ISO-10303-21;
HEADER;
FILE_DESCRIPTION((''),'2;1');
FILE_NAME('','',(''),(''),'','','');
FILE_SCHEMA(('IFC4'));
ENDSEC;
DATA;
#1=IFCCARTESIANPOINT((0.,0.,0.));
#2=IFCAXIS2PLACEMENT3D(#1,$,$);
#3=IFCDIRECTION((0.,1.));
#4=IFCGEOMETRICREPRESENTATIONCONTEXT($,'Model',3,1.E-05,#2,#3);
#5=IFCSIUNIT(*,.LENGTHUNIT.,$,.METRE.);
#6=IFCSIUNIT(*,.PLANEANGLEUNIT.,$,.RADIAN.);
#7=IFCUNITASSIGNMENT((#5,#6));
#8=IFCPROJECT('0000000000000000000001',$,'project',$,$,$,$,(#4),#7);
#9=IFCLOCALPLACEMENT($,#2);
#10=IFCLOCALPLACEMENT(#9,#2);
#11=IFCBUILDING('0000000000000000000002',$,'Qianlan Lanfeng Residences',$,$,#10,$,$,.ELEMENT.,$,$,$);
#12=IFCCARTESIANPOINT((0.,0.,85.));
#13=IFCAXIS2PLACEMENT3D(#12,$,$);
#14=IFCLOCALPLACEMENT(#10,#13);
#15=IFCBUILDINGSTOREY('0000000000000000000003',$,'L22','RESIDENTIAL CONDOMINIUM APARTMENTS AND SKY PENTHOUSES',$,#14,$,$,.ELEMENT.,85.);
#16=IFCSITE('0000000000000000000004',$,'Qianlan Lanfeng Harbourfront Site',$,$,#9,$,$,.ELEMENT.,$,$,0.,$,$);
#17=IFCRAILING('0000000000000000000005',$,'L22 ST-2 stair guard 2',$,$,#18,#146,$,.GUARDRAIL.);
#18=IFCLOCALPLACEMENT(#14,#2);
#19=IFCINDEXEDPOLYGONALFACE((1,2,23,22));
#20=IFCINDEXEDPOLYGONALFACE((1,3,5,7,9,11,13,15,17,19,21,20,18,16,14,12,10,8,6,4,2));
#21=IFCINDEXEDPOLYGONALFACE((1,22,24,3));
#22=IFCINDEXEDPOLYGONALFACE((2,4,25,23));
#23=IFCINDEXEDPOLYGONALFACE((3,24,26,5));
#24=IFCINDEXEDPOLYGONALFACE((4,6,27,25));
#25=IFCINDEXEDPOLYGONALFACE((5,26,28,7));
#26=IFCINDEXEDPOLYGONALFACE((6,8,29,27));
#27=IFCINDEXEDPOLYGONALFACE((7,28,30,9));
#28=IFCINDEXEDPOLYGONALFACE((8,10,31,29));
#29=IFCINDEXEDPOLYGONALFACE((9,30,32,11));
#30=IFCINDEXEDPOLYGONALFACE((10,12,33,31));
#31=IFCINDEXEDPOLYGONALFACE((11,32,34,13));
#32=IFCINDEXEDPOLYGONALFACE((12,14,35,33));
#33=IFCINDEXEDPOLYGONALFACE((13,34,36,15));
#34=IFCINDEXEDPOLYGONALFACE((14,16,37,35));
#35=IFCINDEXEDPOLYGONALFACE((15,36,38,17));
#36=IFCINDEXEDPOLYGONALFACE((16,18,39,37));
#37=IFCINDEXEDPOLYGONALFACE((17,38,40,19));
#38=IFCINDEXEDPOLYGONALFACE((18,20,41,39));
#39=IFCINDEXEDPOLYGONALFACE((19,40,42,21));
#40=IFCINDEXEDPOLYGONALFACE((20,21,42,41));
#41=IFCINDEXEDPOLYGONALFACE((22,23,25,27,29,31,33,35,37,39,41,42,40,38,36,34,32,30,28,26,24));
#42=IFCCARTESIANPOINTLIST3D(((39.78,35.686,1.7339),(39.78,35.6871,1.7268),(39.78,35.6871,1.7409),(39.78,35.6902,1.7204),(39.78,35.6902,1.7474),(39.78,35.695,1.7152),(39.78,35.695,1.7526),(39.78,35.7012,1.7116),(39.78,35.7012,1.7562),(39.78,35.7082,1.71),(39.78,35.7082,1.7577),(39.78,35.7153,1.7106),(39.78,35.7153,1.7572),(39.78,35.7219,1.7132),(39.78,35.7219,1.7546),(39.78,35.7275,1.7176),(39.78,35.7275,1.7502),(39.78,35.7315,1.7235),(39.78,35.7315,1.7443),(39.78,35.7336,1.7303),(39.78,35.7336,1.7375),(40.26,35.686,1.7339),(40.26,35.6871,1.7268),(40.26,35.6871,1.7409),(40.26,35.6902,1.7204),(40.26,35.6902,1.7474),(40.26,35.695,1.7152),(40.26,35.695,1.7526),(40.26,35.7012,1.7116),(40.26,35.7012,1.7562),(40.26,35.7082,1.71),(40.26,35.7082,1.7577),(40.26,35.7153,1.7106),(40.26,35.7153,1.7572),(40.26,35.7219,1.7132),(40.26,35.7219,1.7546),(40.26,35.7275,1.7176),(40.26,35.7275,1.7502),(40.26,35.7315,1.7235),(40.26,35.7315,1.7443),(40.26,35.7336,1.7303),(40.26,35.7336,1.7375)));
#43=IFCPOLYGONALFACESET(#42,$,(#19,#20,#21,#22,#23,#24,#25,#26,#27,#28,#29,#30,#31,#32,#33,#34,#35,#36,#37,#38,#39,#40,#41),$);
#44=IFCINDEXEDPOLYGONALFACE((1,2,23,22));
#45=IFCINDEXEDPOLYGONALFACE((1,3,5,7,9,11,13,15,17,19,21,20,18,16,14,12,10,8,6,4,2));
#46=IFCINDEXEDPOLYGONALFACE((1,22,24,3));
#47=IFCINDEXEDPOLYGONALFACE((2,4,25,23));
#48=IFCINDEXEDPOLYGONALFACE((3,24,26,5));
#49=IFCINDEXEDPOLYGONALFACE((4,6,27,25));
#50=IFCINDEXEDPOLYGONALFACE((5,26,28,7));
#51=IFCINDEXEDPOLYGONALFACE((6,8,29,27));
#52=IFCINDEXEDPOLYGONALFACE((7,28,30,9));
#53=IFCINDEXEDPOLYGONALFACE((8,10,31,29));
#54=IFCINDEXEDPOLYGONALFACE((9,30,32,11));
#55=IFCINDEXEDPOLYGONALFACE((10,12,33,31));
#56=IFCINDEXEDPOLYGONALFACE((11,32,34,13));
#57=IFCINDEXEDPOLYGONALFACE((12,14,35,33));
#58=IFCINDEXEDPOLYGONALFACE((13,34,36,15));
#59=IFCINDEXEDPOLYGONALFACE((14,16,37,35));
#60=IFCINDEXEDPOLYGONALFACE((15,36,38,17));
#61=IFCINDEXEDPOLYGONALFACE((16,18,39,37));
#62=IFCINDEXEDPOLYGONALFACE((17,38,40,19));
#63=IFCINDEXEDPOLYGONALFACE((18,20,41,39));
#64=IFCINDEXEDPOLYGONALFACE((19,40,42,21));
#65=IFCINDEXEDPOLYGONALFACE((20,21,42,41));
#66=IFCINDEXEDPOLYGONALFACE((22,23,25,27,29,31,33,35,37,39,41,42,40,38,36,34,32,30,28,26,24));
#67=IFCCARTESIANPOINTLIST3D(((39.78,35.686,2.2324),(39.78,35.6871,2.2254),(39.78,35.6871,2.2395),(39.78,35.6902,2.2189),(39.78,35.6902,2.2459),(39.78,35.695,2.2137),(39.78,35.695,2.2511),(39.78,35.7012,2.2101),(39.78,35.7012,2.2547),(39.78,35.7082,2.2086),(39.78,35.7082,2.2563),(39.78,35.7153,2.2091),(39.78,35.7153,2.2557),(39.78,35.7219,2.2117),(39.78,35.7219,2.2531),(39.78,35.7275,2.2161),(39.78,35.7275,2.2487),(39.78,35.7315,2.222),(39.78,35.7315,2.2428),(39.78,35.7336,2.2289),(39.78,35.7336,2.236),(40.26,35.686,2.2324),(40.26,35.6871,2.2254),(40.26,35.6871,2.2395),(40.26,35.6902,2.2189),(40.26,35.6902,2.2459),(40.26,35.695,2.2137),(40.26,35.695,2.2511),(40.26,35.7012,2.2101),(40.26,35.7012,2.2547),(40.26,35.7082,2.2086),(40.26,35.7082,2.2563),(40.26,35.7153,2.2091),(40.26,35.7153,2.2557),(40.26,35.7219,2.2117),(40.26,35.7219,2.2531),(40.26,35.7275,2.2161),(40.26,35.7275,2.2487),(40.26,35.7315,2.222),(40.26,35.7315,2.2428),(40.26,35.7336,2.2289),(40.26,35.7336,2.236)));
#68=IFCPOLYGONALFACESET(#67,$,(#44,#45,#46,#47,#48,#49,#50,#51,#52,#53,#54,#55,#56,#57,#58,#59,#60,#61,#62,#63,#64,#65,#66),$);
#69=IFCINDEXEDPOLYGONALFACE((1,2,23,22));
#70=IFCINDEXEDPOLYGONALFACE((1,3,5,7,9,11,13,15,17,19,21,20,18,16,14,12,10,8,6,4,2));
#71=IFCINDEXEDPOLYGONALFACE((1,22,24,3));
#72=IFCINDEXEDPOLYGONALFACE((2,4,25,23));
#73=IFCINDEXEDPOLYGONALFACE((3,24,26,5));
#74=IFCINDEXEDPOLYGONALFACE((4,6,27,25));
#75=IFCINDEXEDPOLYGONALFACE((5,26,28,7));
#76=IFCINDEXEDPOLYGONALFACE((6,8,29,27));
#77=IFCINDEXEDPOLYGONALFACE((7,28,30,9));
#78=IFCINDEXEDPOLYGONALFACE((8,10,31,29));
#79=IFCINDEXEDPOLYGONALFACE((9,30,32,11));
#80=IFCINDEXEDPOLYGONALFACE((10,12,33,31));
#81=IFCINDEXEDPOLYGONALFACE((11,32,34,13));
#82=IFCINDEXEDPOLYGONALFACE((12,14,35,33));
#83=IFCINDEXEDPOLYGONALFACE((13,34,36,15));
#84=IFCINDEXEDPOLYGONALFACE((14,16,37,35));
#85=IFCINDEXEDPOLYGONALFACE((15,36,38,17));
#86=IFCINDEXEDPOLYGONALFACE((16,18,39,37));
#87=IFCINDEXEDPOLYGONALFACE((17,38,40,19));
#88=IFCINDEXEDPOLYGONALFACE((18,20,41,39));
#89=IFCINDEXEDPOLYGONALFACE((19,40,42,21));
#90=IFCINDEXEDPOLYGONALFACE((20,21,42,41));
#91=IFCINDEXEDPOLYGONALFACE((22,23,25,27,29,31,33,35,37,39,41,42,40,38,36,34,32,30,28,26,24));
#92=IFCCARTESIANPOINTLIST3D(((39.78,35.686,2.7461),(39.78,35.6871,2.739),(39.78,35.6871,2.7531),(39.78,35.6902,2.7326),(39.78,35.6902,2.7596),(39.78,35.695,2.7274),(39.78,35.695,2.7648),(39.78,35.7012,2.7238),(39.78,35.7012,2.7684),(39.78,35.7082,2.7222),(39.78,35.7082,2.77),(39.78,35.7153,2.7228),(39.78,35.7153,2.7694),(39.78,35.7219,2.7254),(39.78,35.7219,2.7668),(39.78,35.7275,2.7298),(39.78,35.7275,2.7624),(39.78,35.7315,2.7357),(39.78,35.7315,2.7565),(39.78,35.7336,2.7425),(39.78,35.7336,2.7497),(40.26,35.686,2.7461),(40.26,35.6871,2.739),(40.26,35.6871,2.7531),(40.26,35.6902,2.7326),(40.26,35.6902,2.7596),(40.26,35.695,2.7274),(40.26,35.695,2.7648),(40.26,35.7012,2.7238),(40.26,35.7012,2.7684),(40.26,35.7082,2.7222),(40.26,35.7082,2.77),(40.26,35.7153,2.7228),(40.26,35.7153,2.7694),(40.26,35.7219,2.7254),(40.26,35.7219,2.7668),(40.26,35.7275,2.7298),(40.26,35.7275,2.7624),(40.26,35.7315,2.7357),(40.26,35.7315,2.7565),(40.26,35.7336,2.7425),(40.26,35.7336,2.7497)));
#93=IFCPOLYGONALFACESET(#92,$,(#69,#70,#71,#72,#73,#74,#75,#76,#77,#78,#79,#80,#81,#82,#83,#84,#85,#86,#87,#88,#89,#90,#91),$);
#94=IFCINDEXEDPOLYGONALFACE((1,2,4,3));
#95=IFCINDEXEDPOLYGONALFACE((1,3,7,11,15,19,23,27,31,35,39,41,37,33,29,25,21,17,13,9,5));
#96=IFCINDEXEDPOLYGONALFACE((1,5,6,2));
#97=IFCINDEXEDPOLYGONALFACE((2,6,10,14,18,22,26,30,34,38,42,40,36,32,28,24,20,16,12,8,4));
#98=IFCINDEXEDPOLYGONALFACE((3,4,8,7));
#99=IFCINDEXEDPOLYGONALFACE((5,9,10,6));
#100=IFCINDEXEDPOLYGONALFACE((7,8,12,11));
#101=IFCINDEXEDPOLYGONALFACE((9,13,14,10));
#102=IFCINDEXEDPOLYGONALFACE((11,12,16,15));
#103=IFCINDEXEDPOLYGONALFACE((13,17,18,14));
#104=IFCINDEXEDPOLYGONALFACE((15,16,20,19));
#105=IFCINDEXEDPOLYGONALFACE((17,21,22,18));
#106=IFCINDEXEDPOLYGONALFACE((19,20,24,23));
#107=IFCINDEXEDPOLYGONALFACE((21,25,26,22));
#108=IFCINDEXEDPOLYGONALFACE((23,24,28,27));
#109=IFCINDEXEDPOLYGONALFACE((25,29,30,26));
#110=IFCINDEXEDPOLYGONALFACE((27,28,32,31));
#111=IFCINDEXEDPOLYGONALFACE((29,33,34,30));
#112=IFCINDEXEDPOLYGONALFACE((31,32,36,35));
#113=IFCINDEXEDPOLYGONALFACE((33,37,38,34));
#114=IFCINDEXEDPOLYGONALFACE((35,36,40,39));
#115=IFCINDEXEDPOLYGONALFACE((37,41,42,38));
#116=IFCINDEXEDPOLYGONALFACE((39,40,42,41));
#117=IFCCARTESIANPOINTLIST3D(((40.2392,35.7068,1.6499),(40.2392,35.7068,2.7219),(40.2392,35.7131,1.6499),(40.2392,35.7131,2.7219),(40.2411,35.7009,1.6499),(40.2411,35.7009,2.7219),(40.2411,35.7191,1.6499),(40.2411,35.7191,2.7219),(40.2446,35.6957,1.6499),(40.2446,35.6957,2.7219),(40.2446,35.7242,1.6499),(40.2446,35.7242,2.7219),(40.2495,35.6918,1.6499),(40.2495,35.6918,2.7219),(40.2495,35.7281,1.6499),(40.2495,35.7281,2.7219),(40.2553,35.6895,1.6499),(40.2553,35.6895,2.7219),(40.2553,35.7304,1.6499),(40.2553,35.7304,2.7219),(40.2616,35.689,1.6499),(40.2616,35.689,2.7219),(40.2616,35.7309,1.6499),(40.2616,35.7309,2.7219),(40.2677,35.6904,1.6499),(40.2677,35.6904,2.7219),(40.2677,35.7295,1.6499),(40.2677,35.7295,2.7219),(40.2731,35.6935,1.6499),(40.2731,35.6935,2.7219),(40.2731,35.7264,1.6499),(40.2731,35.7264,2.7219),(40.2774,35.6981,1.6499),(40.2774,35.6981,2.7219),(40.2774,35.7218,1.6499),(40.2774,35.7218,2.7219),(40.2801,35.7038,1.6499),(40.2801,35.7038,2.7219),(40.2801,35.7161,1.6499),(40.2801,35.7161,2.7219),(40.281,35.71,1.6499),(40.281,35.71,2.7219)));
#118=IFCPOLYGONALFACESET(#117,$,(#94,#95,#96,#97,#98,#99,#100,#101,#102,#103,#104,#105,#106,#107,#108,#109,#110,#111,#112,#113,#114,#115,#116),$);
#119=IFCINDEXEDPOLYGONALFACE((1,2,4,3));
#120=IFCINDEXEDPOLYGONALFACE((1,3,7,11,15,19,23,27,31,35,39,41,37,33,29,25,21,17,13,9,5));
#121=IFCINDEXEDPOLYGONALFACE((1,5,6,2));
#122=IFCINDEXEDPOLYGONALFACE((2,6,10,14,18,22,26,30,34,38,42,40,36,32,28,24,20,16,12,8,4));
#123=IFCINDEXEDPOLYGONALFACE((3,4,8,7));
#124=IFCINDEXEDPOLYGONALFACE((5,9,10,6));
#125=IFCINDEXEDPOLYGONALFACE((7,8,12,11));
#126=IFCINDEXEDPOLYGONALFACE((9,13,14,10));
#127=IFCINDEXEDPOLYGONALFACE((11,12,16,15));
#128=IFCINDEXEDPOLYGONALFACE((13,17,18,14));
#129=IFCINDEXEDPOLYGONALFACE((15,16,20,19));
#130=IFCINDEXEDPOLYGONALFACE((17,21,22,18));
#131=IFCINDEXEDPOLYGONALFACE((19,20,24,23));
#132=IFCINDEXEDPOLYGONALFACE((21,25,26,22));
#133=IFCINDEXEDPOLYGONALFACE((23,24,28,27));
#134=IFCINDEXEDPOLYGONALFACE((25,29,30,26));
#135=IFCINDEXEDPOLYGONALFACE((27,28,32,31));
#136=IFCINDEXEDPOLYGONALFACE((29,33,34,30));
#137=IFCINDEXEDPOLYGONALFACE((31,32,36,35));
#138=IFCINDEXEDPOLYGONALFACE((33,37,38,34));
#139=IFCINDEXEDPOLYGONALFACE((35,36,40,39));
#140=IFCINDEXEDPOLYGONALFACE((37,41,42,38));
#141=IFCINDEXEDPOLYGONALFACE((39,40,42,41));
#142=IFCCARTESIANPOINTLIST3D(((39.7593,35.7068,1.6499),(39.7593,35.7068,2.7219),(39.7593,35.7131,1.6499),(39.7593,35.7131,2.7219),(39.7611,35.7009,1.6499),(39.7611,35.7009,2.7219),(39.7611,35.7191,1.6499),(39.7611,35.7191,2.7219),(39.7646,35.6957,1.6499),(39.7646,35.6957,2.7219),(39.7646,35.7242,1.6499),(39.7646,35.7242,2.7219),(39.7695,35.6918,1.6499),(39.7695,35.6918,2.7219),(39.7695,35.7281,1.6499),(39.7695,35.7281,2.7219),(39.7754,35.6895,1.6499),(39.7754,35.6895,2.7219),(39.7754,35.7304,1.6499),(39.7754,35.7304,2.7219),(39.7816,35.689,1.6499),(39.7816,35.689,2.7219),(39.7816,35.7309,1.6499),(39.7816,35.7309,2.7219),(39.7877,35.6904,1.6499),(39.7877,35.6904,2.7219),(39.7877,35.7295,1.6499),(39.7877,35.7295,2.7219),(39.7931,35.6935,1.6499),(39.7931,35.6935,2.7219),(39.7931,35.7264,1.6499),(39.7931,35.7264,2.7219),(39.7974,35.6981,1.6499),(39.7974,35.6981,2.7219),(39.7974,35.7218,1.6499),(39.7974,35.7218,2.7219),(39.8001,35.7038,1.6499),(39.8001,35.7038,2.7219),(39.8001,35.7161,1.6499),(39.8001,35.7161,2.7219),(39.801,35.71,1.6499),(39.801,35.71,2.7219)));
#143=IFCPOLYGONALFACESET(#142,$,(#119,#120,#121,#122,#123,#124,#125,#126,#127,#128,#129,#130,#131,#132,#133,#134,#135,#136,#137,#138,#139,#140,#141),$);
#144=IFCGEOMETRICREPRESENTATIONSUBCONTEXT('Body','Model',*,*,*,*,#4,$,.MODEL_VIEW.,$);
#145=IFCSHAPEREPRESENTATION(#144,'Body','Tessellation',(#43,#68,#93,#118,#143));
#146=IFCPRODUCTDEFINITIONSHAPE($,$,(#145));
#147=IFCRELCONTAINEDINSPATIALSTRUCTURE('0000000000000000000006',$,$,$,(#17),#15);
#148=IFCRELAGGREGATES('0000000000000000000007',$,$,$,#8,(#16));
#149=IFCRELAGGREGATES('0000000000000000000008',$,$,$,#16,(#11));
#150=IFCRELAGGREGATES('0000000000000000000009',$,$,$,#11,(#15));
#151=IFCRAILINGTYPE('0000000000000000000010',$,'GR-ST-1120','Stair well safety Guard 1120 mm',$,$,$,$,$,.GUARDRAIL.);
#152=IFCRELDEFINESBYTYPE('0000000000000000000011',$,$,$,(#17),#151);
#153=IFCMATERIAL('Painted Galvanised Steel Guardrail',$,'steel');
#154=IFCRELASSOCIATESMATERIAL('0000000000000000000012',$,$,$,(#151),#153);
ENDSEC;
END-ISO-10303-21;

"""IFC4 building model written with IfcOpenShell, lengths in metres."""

from ifc_helpers import new_model, si_unit, direction, frame, origin, origin_2d, place, context, subcontext, project, spatial, circle, extrude, material, type_object, element, save


model = new_model("IFC4")

# Units and contexts
model_context = context("Model", 3, precision=1e-05, world=origin(), true_north=direction((0.0, 1.0)))
body_context = subcontext(model_context, "Body", "Model", "MODEL_VIEW")
ifc_project = project(units=[si_unit("LENGTHUNIT", "METRE"), si_unit("PLANEANGLEUNIT", "RADIAN")], contexts=[model_context])

# Site, building, storey
site_placement = place(None, origin())
site = spatial("IfcSite", under=ifc_project, at=site_placement, Name="Qianlan Lanfeng Harbourfront Site", CompositionType="ELEMENT", RefElevation=0.0)
building_placement = place(site_placement, origin())
building = spatial("IfcBuilding", under=site, at=building_placement, Name="Qianlan Lanfeng Residences", CompositionType="ELEMENT")
storey_placement = place(building_placement, frame((0.0, 0.0, 85.0)))
storey = spatial("IfcBuildingStorey", under=building, at=storey_placement, Name="L22", Description="RESIDENTIAL CONDOMINIUM APARTMENTS AND SKY PENTHOUSES", CompositionType="ELEMENT", Elevation=85.0)

# Railing
ifc_material_1 = material(Name="Painted Galvanised Steel Guardrail", Category="steel")
railing_type_1 = type_object("IfcRailingType", Name="GR-ST-1120", Description="Stair well safety Guard 1120 mm", PredefinedType="GUARDRAIL", material=ifc_material_1)
railing_1_placement = place(storey_placement, frame((40.26, 35.71, 1.6499)))
element("IfcRailing", 1, at=railing_1_placement, inside=storey, type_object=railing_type_1, Name="L22 ST-2 stair guard 2", PredefinedType="GUARDRAIL", context=body_context, shape_type="SweptSolid", body=[
    extrude(circle(Radius=0.0239, at=origin_2d()), frame((0.0, 0.0, 0.084), z_axis=(-1.0, 0.0, 0.0), x_axis=(0.0, -1.0, 0.0)), (0.0, 0.0, 1.0), 0.48),
    extrude(circle(Radius=0.0239, at=origin_2d()), frame((0.0, 0.0, 0.5825), z_axis=(-1.0, 0.0, 0.0), x_axis=(0.0, -1.0, 0.0)), (0.0, 0.0, 1.0), 0.48),
    extrude(circle(Radius=0.0239, at=origin_2d()), frame((0.0, 0.0, 1.0962), z_axis=(-1.0, 0.0, 0.0), x_axis=(0.0, -1.0, 0.0)), (0.0, 0.0, 1.0), 0.48),
    extrude(circle(Radius=0.021, at=origin_2d()), origin(), (0.0, 0.0, 1.0), 1.072),
    extrude(circle(Radius=0.021, at=origin_2d()), frame((-0.48, 0.0, 0.0)), (0.0, 0.0, 1.0), 1.072),
])

save(model, "model.ifc")
